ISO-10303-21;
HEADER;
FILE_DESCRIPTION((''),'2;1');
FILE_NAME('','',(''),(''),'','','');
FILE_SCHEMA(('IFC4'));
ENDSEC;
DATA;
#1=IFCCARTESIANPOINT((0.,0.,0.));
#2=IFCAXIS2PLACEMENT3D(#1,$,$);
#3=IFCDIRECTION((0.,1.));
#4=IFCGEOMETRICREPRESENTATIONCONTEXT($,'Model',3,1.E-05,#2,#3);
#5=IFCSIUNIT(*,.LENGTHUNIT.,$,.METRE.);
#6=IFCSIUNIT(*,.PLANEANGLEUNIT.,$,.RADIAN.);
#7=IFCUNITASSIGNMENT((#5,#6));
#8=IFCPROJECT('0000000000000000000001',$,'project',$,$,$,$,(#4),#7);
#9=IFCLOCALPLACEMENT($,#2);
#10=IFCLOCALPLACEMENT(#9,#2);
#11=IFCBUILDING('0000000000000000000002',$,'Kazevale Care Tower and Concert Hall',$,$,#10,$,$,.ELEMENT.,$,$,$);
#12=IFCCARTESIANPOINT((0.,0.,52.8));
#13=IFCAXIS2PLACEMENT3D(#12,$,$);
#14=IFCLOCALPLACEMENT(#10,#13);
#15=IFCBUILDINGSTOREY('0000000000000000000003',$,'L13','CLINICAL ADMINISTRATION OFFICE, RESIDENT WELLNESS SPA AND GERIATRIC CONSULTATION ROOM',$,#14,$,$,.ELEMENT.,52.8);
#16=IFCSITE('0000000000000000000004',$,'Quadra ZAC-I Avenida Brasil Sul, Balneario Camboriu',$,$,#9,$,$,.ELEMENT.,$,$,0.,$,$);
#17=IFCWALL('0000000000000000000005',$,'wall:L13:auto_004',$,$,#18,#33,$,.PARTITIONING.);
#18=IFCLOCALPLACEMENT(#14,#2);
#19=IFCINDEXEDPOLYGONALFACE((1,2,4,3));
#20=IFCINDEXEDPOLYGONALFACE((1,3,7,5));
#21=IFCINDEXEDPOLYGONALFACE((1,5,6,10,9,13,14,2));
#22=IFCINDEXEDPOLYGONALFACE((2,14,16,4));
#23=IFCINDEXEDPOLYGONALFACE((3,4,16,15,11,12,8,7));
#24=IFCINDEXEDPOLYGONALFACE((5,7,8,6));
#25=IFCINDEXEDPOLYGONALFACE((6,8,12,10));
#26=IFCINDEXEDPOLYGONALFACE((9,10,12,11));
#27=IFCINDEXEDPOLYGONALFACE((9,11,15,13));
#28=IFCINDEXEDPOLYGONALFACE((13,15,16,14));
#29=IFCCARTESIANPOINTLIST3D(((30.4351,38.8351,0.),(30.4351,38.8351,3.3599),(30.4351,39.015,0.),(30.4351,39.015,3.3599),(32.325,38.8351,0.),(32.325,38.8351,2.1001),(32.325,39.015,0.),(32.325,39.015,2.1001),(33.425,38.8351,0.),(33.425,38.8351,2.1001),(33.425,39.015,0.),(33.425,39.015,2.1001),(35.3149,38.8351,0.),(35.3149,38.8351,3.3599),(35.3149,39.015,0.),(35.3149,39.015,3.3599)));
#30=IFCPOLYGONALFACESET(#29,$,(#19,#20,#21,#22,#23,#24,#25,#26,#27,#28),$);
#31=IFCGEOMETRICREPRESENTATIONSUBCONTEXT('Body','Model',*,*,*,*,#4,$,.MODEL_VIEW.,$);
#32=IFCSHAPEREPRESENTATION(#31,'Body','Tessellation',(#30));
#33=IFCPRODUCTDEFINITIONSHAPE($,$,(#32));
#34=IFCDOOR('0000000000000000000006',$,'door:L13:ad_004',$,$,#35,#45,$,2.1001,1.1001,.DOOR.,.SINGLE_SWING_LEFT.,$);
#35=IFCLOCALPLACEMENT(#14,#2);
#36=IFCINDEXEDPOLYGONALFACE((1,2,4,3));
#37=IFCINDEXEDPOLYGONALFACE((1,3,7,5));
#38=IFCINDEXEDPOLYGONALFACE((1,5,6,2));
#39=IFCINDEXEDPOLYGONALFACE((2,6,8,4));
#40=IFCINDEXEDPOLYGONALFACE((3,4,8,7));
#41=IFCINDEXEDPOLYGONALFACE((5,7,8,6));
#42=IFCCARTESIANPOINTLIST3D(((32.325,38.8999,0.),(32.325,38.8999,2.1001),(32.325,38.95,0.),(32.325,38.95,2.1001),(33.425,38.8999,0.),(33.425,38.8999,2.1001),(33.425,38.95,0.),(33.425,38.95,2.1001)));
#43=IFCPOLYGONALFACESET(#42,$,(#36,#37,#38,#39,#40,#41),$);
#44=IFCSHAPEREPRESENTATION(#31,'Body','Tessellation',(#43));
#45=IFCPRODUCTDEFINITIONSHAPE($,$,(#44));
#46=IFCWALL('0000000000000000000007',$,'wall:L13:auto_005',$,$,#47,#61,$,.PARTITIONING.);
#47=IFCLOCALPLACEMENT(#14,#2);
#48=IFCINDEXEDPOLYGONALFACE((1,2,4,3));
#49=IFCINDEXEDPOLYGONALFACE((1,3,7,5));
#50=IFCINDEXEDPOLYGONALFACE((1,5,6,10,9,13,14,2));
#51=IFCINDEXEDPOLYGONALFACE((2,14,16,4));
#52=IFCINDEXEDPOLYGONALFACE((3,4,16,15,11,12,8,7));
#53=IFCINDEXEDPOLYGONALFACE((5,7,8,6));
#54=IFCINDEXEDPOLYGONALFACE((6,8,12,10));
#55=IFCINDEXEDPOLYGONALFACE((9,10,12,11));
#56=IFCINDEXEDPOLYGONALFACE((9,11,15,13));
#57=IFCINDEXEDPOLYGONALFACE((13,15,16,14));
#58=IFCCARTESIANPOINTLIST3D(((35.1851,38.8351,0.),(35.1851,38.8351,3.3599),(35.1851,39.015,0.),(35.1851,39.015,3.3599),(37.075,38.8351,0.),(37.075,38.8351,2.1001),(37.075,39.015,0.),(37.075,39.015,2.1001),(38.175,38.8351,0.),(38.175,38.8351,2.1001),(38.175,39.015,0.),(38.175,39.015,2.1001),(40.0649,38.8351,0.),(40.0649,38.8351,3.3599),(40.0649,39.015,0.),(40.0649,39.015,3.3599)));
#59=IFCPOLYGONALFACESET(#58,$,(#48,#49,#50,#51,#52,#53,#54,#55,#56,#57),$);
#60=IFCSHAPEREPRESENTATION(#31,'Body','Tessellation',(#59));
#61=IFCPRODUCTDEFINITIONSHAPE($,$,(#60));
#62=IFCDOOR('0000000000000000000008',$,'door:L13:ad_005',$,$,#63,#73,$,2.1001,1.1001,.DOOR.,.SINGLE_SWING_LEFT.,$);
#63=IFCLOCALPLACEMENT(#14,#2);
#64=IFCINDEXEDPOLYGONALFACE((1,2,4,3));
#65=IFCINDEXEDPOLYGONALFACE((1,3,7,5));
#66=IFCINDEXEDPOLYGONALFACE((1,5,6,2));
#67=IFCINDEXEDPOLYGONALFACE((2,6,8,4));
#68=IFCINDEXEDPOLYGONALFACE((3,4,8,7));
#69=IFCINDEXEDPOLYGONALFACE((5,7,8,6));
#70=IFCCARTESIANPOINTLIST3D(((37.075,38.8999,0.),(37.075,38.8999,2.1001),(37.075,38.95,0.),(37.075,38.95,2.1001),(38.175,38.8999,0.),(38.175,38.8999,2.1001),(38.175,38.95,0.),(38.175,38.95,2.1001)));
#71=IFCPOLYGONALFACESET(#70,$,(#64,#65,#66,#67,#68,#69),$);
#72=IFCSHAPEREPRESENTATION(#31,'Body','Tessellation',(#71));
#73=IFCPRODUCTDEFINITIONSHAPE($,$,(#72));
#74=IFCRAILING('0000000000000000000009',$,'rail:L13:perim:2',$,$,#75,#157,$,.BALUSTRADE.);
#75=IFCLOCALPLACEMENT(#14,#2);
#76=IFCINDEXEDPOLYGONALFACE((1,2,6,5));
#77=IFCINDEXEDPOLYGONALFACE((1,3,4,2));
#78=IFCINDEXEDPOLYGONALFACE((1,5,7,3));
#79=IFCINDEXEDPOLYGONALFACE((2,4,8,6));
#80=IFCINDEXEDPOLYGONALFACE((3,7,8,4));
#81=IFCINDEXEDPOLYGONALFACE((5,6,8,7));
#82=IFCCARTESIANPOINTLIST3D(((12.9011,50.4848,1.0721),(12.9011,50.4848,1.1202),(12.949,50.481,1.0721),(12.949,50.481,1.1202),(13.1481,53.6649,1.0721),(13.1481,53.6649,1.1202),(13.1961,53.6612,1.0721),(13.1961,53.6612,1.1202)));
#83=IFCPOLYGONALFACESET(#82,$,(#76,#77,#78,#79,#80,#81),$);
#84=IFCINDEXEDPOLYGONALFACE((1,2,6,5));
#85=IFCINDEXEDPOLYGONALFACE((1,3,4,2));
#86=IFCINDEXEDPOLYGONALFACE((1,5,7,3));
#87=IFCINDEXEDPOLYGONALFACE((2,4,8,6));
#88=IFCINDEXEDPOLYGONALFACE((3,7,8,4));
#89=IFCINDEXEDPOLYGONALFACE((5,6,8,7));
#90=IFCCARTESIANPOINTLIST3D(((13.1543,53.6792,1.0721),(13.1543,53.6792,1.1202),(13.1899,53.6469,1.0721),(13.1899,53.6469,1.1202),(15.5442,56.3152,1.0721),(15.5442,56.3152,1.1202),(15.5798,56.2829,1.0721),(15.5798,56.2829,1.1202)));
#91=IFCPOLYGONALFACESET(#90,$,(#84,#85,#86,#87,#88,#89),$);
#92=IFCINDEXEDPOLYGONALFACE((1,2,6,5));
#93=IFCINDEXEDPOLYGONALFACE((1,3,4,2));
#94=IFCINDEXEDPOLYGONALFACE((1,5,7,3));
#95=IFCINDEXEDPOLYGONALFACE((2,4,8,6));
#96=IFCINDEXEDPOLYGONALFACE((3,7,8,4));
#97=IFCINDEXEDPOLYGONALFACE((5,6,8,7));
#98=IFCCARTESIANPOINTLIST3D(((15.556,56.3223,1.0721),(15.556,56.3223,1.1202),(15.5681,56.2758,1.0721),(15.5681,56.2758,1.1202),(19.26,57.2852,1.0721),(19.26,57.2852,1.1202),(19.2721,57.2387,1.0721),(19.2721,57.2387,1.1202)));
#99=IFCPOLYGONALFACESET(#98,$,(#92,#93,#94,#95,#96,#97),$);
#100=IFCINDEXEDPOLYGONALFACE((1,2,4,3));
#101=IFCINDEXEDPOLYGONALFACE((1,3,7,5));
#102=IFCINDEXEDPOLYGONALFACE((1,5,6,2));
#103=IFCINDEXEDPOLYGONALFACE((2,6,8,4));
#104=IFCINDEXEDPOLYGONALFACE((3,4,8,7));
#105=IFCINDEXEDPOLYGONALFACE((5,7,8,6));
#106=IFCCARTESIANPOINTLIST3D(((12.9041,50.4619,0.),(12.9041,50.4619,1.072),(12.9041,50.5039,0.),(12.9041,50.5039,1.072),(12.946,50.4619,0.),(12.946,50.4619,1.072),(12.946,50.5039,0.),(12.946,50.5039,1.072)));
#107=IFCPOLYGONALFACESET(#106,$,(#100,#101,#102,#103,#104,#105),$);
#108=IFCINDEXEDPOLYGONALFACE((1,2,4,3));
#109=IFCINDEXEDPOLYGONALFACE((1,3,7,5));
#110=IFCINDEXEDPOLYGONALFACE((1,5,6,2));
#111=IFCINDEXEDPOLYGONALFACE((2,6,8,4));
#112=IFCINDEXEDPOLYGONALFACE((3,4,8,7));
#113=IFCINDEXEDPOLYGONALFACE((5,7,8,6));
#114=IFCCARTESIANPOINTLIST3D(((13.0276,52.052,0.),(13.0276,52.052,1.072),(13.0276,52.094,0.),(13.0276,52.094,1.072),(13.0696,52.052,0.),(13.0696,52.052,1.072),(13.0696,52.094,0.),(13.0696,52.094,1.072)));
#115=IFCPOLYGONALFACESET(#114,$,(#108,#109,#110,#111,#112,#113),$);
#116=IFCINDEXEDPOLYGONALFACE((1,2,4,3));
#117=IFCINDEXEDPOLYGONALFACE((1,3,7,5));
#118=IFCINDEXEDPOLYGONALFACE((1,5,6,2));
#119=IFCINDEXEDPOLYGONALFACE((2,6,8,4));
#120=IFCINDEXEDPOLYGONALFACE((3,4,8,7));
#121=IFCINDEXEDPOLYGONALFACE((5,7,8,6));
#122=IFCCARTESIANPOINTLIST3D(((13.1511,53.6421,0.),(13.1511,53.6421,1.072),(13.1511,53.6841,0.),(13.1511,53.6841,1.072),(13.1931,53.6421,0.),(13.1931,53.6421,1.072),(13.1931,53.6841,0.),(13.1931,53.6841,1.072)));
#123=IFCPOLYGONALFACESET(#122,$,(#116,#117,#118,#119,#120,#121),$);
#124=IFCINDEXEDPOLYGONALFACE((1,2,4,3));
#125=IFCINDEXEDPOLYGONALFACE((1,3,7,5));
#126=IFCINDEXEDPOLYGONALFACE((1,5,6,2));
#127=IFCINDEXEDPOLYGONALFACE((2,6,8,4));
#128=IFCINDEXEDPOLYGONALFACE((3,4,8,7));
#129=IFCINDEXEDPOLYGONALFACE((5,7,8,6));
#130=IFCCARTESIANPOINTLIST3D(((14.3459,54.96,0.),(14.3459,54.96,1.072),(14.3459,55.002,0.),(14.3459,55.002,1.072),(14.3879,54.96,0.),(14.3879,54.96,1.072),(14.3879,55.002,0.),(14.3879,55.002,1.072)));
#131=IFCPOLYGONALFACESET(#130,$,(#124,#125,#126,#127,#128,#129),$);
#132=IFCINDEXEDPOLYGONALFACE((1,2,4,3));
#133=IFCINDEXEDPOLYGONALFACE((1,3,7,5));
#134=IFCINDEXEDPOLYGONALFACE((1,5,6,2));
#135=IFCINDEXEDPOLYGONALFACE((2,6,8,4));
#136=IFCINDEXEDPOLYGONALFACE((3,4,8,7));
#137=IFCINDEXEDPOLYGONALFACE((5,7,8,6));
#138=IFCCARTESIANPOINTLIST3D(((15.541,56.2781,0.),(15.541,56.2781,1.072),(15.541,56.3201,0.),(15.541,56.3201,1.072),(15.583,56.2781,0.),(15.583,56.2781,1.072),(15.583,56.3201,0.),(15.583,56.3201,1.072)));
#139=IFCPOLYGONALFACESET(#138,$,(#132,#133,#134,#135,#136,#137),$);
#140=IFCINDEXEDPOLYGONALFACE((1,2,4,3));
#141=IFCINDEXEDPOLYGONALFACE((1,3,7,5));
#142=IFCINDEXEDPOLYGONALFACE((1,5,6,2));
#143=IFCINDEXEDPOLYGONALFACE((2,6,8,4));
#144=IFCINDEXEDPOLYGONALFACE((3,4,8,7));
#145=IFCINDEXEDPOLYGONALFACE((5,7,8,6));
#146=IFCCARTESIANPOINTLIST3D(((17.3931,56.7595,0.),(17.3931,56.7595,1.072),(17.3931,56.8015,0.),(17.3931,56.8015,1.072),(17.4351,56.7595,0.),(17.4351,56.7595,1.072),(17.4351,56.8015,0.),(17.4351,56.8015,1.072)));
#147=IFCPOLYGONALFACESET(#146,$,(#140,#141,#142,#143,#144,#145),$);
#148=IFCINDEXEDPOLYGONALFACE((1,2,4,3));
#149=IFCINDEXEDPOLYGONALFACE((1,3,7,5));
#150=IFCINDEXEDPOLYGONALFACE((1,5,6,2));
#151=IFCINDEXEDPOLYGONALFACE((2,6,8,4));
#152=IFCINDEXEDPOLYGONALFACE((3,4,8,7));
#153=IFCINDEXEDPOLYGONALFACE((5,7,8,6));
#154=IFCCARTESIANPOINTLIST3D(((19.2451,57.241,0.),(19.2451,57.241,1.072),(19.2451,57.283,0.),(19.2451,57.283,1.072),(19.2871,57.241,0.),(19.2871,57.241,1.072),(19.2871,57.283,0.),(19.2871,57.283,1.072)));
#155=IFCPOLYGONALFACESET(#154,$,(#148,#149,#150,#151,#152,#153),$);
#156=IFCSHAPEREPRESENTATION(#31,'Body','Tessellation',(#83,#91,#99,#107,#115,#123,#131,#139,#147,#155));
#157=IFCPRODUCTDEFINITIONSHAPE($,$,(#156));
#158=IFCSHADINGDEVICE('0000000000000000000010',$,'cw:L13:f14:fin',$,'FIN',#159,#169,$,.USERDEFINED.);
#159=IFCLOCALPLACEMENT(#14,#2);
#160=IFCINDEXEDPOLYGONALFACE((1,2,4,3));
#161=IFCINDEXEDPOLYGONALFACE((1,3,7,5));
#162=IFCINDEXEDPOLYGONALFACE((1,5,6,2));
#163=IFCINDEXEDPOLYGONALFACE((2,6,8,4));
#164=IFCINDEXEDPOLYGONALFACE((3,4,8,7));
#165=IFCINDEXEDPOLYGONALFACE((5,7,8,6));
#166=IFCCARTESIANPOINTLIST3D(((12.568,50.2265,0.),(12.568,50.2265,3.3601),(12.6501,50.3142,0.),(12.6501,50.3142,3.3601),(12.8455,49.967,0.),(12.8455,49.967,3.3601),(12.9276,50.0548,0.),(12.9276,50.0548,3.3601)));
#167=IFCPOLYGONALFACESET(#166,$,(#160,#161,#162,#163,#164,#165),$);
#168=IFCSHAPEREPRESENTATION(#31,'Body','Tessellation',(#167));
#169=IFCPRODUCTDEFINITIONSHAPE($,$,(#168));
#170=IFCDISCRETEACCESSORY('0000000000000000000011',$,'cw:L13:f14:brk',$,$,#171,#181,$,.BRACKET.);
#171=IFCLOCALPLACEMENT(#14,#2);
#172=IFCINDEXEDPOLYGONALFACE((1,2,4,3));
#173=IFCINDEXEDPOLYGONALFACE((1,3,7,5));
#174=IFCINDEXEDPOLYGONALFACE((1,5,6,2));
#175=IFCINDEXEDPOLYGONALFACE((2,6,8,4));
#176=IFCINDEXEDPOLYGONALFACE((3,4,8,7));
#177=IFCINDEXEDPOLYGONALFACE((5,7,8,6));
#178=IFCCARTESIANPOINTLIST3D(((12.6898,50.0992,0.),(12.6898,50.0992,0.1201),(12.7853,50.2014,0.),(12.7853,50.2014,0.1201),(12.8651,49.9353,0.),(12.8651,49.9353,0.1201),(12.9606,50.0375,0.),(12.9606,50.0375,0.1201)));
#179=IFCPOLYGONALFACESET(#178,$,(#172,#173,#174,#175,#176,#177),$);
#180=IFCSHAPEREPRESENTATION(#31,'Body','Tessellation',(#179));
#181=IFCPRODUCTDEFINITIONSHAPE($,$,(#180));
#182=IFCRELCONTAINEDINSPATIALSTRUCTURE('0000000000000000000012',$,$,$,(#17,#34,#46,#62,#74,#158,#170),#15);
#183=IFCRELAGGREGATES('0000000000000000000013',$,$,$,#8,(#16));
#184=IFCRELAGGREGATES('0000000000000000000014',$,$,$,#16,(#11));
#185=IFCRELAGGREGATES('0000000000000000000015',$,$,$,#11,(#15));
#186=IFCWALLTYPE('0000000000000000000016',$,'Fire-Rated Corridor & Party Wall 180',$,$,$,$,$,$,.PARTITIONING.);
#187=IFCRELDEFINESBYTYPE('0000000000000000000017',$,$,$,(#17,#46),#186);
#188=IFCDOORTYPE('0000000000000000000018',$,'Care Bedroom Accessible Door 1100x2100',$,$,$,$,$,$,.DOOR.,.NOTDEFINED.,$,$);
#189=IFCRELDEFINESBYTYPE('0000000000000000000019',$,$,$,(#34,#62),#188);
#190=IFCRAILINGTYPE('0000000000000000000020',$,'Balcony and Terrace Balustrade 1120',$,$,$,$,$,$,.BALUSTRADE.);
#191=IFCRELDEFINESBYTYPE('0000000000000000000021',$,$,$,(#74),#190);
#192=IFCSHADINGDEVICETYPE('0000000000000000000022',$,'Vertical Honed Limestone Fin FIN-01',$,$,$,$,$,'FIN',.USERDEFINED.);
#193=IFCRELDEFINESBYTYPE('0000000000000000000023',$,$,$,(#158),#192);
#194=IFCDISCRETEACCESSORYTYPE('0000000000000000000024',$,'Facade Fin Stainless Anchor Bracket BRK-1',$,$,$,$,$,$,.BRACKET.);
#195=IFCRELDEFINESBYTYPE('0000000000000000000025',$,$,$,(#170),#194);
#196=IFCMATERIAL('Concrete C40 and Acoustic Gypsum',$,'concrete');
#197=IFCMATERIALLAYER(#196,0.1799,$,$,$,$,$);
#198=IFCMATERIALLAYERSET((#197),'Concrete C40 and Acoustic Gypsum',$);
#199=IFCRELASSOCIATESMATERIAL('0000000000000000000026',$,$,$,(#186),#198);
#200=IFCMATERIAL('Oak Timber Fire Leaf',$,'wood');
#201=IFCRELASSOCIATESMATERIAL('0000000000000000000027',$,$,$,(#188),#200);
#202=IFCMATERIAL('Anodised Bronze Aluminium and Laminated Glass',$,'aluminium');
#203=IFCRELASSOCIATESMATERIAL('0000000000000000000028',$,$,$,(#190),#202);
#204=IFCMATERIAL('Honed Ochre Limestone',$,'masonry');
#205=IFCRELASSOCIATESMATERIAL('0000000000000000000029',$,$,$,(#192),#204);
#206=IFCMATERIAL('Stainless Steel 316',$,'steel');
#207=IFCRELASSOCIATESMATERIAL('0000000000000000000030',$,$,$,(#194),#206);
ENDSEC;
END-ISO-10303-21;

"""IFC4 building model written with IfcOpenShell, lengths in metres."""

from ifc_helpers import new_model, si_unit, direction, frame, frame_2d, origin, origin_2d, place, context, subcontext, project, spatial, rectangle, extrude, material, layer, layer_set, type_object, element, fill, save


model = new_model("IFC4")

# Units and contexts
model_context = context("Model", 3, precision=1e-05, world=origin(), true_north=direction((0.0, 1.0)))
body_context = subcontext(model_context, "Body", "Model", "MODEL_VIEW")
ifc_project = project(units=[si_unit("LENGTHUNIT", "METRE"), si_unit("PLANEANGLEUNIT", "RADIAN")], contexts=[model_context])

# Site, building, storey
site_placement = place(None, origin())
site = spatial("IfcSite", under=ifc_project, at=site_placement, Name="Quadra ZAC-I Avenida Brasil Sul, Balneario Camboriu", CompositionType="ELEMENT", RefElevation=0.0)
building_placement = place(site_placement, origin())
building = spatial("IfcBuilding", under=site, at=building_placement, Name="Kazevale Care Tower and Concert Hall", CompositionType="ELEMENT")
storey_placement = place(building_placement, frame((0.0, 0.0, 52.8)))
storey = spatial("IfcBuildingStorey", under=building, at=storey_placement, Name="L13", Description="CLINICAL ADMINISTRATION OFFICE, RESIDENT WELLNESS SPA AND GERIATRIC CONSULTATION ROOM", CompositionType="ELEMENT", Elevation=52.8)

# Walls, openings, doors
ifc_material_1 = material(Name="Concrete C40 and Acoustic Gypsum", Category="concrete")
ifc_layer_1 = layer(ifc_material_1, 0.1799)
ifc_layer_set_1 = layer_set([ifc_layer_1], Name="Concrete C40 and Acoustic Gypsum")
wall_type = type_object("IfcWallType", Name="Fire-Rated Corridor & Party Wall 180", PredefinedType="PARTITIONING", material=ifc_layer_set_1)
ifc_material_2 = material(Name="Oak Timber Fire Leaf", Category="wood")
door_type = type_object("IfcDoorType", Name="Care Bedroom Accessible Door 1100x2100", OperationType="NOTDEFINED", PredefinedType="DOOR", material=ifc_material_2)
wall_1_placement = place(storey_placement, frame((30.4351, 38.925, 0.0), z_axis=(0.0, 0.0, 1.0), x_axis=(1.0, 0.0, 0.0)))
wall_1 = element("IfcWall", 1, at=wall_1_placement, inside=storey, type_object=wall_type, Name="wall:L13:auto_004", PredefinedType="PARTITIONING", context=body_context, shape_type="SweptSolid", body=[
    extrude(rectangle(XDim=4.8799, YDim=0.1799, at=frame_2d((2.4399, 0.0))), origin(), (0.0, 0.0, 1.0), 3.3599),
])
opening_1_placement = place(wall_1_placement, frame((1.8899, 0.0, 0.0)))
opening_1 = element("IfcOpeningElement", 2, at=opening_1_placement, cuts=wall_1, PredefinedType="OPENING", context=body_context, shape_type="SweptSolid", body=[
    extrude(rectangle(XDim=1.1001, YDim=2.1001, at=frame_2d((0.55, 1.05))), frame((0.0, 0.0999, 0.0), z_axis=(0.0, -1.0, 0.0), x_axis=(1.0, 0.0, 0.0)), (0.0, 0.0, 1.0), 0.2),
])
door_1_placement = place(opening_1_placement, origin())
door_1 = element("IfcDoor", 3, at=door_1_placement, inside=storey, type_object=door_type, Name="door:L13:ad_004", OperationType="SINGLE_SWING_LEFT", OverallHeight=2.1001, OverallWidth=1.1001, PredefinedType="DOOR", context=body_context, shape_type="SweptSolid", body=[
    extrude(rectangle(XDim=1.1001, YDim=2.1001, at=frame_2d((0.55, 1.05))), frame((0.0, 0.0249, 0.0), z_axis=(0.0, -1.0, 0.0), x_axis=(1.0, 0.0, 0.0)), (0.0, 0.0, 1.0), 0.05),
])
fill(opening_1, door_1)
wall_2_placement = place(storey_placement, frame((35.1851, 38.925, 0.0), z_axis=(0.0, 0.0, 1.0), x_axis=(1.0, 0.0, 0.0)))
wall_2 = element("IfcWall", 4, at=wall_2_placement, inside=storey, type_object=wall_type, Name="wall:L13:auto_005", PredefinedType="PARTITIONING", context=body_context, shape_type="SweptSolid", body=[
    extrude(rectangle(XDim=4.8799, YDim=0.1799, at=frame_2d((2.4399, 0.0))), origin(), (0.0, 0.0, 1.0), 3.3599),
])
opening_2_placement = place(wall_2_placement, frame((1.8899, 0.0, 0.0)))
opening_2 = element("IfcOpeningElement", 5, at=opening_2_placement, cuts=wall_2, PredefinedType="OPENING", context=body_context, shape_type="SweptSolid", body=[
    extrude(rectangle(XDim=1.1001, YDim=2.1001, at=frame_2d((0.55, 1.05))), frame((0.0, 0.0999, 0.0), z_axis=(0.0, -1.0, 0.0), x_axis=(1.0, 0.0, 0.0)), (0.0, 0.0, 1.0), 0.2),
])
door_2_placement = place(opening_2_placement, origin())
door_2 = element("IfcDoor", 6, at=door_2_placement, inside=storey, type_object=door_type, Name="door:L13:ad_005", OperationType="SINGLE_SWING_LEFT", OverallHeight=2.1001, OverallWidth=1.1001, PredefinedType="DOOR", context=body_context, shape_type="SweptSolid", body=[
    extrude(rectangle(XDim=1.1001, YDim=2.1001, at=frame_2d((0.55, 1.05))), frame((0.0, 0.0249, 0.0), z_axis=(0.0, -1.0, 0.0), x_axis=(1.0, 0.0, 0.0)), (0.0, 0.0, 1.0), 0.05),
])
fill(opening_2, door_2)

# Railing
ifc_material_3 = material(Name="Anodised Bronze Aluminium and Laminated Glass", Category="aluminium")
railing_type = type_object("IfcRailingType", Name="Balcony and Terrace Balustrade 1120", PredefinedType="BALUSTRADE", material=ifc_material_3)
railing_placement = place(storey_placement, frame((12.925, 50.4829, 0.0)))
element("IfcRailing", 7, at=railing_placement, inside=storey, type_object=railing_type, Name="rail:L13:perim:2", PredefinedType="BALUSTRADE", context=body_context, shape_type="SweptSolid", body=[
    extrude(rectangle(XDim=0.0481, YDim=0.0481, at=origin_2d()), frame((0.0, 0.0, 1.0962), z_axis=(0.077457, 0.996996, 0.0), x_axis=(-0.996996, 0.077457, 0.0)), (0.0, 0.0, 1.0), 3.1897),
    extrude(rectangle(XDim=0.0481, YDim=0.0481, at=origin_2d()), frame((0.2471, 3.1802, 1.0962), z_axis=(0.671678, 0.740843, 0.0), x_axis=(-0.740843, 0.671678, 0.0)), (0.0, 0.0, 1.0), 3.5581),
    extrude(rectangle(XDim=0.0481, YDim=0.0481, at=origin_2d()), frame((2.637, 5.8162, 1.0962), z_axis=(0.967834, 0.251591, 0.0), x_axis=(-0.251591, 0.967834, 0.0)), (0.0, 0.0, 1.0), 3.8271),
    extrude(rectangle(XDim=0.042, YDim=0.042, at=origin_2d()), origin(), (0.0, 0.0, 1.0), 1.072),
    extrude(rectangle(XDim=0.042, YDim=0.042, at=origin_2d()), frame((0.1235, 1.5901, 0.0)), (0.0, 0.0, 1.0), 1.072),
    extrude(rectangle(XDim=0.042, YDim=0.042, at=origin_2d()), frame((0.2471, 3.1802, 0.0)), (0.0, 0.0, 1.0), 1.072),
    extrude(rectangle(XDim=0.042, YDim=0.042, at=origin_2d()), frame((1.4419, 4.498, 0.0)), (0.0, 0.0, 1.0), 1.072),
    extrude(rectangle(XDim=0.042, YDim=0.042, at=origin_2d()), frame((2.637, 5.8162, 0.0)), (0.0, 0.0, 1.0), 1.072),
    extrude(rectangle(XDim=0.042, YDim=0.042, at=origin_2d()), frame((4.489, 6.2976, 0.0)), (0.0, 0.0, 1.0), 1.072),
    extrude(rectangle(XDim=0.042, YDim=0.042, at=origin_2d()), frame((6.3411, 6.7791, 0.0)), (0.0, 0.0, 1.0), 1.072),
])

# Shading device
ifc_material_4 = material(Name="Honed Ochre Limestone", Category="masonry")
shading_device_type = type_object("IfcShadingDeviceType", Name="Vertical Honed Limestone Fin FIN-01", ElementType="FIN", PredefinedType="USERDEFINED", material=ifc_material_4)
shading_device_placement = place(storey_placement, frame((12.7478, 50.1406, 0.0), z_axis=(0.0, 0.0, 1.0), x_axis=(-0.730401, 0.683019, 0.0)))
element("IfcShadingDevice", 8, at=shading_device_placement, inside=storey, type_object=shading_device_type, Name="cw:L13:f14:fin", ObjectType="FIN", PredefinedType="USERDEFINED", context=body_context, shape_type="SweptSolid", body=[
    extrude(rectangle(XDim=0.3799, YDim=0.1201, at=origin_2d()), origin(), (0.0, 0.0, 1.0), 3.3601),
])

# Discrete accessory
ifc_material_5 = material(Name="Stainless Steel 316", Category="steel")
discrete_accessory_type = type_object("IfcDiscreteAccessoryType", Name="Facade Fin Stainless Anchor Bracket BRK-1", PredefinedType="BRACKET", material=ifc_material_5)
discrete_accessory_placement = place(storey_placement, frame((12.8252, 50.0684, 0.0), z_axis=(0.0, 0.0, 1.0), x_axis=(-0.730401, 0.683019, 0.0)))
element("IfcDiscreteAccessory", 9, at=discrete_accessory_placement, inside=storey, type_object=discrete_accessory_type, Name="cw:L13:f14:brk", PredefinedType="BRACKET", context=body_context, shape_type="SweptSolid", body=[
    extrude(rectangle(XDim=0.24, YDim=0.1399, at=origin_2d()), origin(), (0.0, 0.0, 1.0), 0.1201),
])

save(model, "model.ifc")
